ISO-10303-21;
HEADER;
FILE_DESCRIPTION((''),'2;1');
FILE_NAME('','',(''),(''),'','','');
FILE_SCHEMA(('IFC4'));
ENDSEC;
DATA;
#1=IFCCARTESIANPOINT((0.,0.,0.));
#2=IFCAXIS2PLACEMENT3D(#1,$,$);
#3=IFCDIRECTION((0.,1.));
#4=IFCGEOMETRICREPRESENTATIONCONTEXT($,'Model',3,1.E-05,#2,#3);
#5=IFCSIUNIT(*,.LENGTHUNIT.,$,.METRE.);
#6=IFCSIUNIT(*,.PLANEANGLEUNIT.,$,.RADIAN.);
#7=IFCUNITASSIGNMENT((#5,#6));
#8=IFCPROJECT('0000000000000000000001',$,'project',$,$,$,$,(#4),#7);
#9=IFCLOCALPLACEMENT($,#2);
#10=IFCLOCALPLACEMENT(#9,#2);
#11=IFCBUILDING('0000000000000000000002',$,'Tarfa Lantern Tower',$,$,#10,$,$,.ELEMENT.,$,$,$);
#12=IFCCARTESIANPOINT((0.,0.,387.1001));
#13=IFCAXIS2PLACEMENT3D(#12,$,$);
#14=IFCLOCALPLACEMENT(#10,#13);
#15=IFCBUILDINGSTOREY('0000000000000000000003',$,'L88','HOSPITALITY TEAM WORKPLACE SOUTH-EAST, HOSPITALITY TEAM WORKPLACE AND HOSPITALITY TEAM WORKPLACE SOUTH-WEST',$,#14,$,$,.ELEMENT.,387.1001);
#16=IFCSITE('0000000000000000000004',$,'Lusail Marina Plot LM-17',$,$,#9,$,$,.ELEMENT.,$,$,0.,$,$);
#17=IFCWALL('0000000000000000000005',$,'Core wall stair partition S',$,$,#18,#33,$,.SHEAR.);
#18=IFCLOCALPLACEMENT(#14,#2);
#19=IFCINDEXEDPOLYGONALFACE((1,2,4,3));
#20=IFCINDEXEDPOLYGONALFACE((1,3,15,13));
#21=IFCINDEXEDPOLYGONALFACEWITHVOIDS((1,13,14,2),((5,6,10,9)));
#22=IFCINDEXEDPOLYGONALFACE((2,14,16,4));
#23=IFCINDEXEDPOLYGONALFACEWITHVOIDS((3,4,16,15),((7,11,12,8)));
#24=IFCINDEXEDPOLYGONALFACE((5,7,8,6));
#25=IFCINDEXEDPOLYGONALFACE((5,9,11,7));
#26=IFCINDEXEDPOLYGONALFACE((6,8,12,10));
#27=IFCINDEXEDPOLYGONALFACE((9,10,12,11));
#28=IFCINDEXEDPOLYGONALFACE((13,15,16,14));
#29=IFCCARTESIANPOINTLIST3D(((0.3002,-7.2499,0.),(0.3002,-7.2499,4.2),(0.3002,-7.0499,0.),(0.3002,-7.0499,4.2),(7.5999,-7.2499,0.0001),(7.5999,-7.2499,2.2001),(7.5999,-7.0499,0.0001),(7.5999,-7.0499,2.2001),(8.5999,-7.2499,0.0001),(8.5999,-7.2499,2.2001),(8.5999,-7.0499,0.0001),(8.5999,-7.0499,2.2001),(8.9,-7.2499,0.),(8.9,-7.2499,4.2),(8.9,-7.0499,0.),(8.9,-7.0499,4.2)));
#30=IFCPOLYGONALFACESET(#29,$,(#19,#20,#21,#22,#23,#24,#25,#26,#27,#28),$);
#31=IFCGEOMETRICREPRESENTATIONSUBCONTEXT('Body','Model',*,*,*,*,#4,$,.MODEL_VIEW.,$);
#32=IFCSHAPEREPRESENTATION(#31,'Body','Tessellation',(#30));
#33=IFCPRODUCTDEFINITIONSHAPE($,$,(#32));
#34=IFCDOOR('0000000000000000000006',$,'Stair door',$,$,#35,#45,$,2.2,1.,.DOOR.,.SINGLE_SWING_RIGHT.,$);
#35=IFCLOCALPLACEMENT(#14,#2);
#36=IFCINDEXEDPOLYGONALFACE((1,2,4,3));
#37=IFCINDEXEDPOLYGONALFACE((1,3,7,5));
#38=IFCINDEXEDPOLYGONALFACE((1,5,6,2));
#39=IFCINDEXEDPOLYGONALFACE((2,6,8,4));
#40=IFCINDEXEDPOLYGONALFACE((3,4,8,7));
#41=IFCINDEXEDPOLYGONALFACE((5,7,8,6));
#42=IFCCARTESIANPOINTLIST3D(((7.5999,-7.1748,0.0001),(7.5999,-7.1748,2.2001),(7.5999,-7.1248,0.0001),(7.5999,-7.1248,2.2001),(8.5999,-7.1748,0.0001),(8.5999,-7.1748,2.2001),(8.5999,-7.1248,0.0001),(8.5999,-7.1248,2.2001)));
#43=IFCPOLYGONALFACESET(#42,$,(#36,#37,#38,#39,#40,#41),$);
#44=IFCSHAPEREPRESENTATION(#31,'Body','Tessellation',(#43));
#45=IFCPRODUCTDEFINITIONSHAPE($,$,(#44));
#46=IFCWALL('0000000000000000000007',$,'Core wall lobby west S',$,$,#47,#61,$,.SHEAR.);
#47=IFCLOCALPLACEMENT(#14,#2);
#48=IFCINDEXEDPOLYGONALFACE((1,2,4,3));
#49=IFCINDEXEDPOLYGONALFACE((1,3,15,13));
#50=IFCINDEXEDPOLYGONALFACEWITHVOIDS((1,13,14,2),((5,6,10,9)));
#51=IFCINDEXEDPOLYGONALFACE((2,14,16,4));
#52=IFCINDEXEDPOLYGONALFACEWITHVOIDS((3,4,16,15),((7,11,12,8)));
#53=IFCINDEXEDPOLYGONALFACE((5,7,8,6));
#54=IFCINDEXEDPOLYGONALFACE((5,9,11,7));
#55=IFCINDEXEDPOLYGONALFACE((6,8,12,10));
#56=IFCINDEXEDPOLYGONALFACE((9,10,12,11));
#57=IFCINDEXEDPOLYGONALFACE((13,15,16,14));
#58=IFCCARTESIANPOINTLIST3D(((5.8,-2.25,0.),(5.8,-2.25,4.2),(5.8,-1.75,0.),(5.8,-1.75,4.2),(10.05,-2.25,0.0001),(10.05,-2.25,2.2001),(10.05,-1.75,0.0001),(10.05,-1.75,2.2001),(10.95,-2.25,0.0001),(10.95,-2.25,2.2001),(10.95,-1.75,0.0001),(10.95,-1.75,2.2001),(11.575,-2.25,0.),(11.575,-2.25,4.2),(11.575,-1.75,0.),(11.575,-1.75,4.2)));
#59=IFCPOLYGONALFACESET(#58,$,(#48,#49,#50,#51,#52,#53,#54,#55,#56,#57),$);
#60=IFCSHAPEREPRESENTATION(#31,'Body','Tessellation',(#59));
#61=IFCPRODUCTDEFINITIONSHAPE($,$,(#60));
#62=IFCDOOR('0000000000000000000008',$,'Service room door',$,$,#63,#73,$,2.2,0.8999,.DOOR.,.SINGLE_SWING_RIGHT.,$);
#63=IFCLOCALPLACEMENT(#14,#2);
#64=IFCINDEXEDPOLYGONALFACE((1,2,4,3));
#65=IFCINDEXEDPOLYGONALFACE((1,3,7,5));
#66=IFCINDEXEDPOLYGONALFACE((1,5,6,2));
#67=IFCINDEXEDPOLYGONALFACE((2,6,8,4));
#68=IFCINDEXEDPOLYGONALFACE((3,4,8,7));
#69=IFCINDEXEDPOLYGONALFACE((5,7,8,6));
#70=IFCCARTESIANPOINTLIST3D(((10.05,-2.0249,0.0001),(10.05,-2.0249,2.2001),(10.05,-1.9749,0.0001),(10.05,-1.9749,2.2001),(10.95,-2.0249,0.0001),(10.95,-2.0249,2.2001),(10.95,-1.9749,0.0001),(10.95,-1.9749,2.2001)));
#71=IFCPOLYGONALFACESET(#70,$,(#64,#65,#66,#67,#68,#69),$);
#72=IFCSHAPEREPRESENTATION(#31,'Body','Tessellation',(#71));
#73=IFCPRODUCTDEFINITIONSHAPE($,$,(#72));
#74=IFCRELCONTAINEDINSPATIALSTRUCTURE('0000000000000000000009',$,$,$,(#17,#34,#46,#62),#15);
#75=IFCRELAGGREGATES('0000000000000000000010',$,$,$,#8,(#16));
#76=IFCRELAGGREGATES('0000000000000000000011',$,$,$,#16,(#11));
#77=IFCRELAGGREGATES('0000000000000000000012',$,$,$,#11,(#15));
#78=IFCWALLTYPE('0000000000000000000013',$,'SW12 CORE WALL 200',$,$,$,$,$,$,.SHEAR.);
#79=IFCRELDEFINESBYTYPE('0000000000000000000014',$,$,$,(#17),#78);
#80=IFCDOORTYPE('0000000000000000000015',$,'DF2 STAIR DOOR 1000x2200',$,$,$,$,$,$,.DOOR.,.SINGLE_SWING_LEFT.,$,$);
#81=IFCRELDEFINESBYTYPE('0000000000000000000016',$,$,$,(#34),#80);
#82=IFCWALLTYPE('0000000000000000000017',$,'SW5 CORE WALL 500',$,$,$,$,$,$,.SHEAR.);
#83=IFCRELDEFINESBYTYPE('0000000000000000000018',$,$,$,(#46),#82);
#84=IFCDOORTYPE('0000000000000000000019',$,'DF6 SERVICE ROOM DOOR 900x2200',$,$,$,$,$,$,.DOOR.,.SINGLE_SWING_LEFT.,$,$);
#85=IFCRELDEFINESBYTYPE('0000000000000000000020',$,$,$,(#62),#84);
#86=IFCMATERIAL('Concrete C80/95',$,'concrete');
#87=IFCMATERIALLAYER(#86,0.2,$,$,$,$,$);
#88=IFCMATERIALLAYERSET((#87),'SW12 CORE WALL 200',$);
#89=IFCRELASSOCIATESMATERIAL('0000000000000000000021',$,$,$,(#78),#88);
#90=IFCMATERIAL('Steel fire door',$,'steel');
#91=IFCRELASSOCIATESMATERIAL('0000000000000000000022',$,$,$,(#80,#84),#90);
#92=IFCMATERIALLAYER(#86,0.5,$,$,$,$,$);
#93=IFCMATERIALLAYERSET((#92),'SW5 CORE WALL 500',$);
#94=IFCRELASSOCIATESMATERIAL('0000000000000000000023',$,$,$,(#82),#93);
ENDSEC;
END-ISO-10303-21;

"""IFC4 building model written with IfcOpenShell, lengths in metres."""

from ifc_helpers import new_model, si_unit, direction, frame, frame_2d, origin, place, context, subcontext, project, spatial, rectangle, extrude, material, layer, layer_set, type_object, element, fill, save


model = new_model("IFC4")

# Units and contexts
model_context = context("Model", 3, precision=1e-05, world=origin(), true_north=direction((0.0, 1.0)))
body_context = subcontext(model_context, "Body", "Model", "MODEL_VIEW")
ifc_project = project(units=[si_unit("LENGTHUNIT", "METRE"), si_unit("PLANEANGLEUNIT", "RADIAN")], contexts=[model_context])

# Site, building, storey
site_placement = place(None, origin())
site = spatial("IfcSite", under=ifc_project, at=site_placement, Name="Lusail Marina Plot LM-17", CompositionType="ELEMENT", RefElevation=0.0)
building_placement = place(site_placement, origin())
building = spatial("IfcBuilding", under=site, at=building_placement, Name="Tarfa Lantern Tower", CompositionType="ELEMENT")
storey_placement = place(building_placement, frame((0.0, 0.0, 387.1001)))
storey = spatial("IfcBuildingStorey", under=building, at=storey_placement, Name="L88", Description="HOSPITALITY TEAM WORKPLACE SOUTH-EAST, HOSPITALITY TEAM WORKPLACE AND HOSPITALITY TEAM WORKPLACE SOUTH-WEST", CompositionType="ELEMENT", Elevation=387.1001)

# Shared definitions
ifc_material_1 = material(Name="Concrete C80/95", Category="concrete")
ifc_layer_1 = layer(ifc_material_1, 0.2)
ifc_layer_set_1 = layer_set([ifc_layer_1], Name="SW12 CORE WALL 200")
wall_type_1 = type_object("IfcWallType", Name="SW12 CORE WALL 200", PredefinedType="SHEAR", material=ifc_layer_set_1)

# Walls, openings, doors
wall_1_placement = place(storey_placement, frame((8.8999, -7.1499, 0.0), z_axis=(0.0, 0.0, 1.0), x_axis=(-1.0, 0.0, 0.0)))
wall_1 = element("IfcWall", 1, at=wall_1_placement, inside=storey, type_object=wall_type_1, Name="Core wall stair partition S", PredefinedType="SHEAR", context=body_context, shape_type="SweptSolid", body=[
    extrude(rectangle(XDim=8.5999, YDim=0.2, at=frame_2d((4.2998, 0.0))), origin(), (0.0, 0.0, 1.0), 4.2),
])
opening_1_placement = place(wall_1_placement, frame((0.3, 0.0, 0.0)))
opening_1 = element("IfcOpeningElement", 2, at=opening_1_placement, cuts=wall_1, PredefinedType="OPENING", context=body_context, shape_type="SweptSolid", body=[
    extrude(rectangle(XDim=1.0, YDim=2.2, at=frame_2d((0.5, 1.1001))), frame((0.0, 0.1099, 0.0), z_axis=(0.0, -1.0, 0.0), x_axis=(1.0, 0.0, 0.0)), (0.0, 0.0, 1.0), 0.22),
])
ifc_material_2 = material(Name="Steel fire door", Category="steel")
door_type_1 = type_object("IfcDoorType", Name="DF2 STAIR DOOR 1000x2200", OperationType="SINGLE_SWING_LEFT", PredefinedType="DOOR", material=ifc_material_2)
door_1_placement = place(opening_1_placement, origin())
door_1 = element("IfcDoor", 3, at=door_1_placement, inside=storey, type_object=door_type_1, Name="Stair door", OperationType="SINGLE_SWING_RIGHT", OverallHeight=2.2, OverallWidth=1.0, PredefinedType="DOOR", context=body_context, shape_type="SweptSolid", body=[
    extrude(rectangle(XDim=1.0, YDim=2.2, at=frame_2d((0.5, 1.1001))), frame((0.0, 0.0249, 0.0), z_axis=(0.0, -1.0, 0.0), x_axis=(1.0, 0.0, 0.0)), (0.0, 0.0, 1.0), 0.05),
])
fill(opening_1, door_1)
ifc_layer_2 = layer(ifc_material_1, 0.5)
ifc_layer_set_2 = layer_set([ifc_layer_2], Name="SW5 CORE WALL 500")
wall_type_2 = type_object("IfcWallType", Name="SW5 CORE WALL 500", PredefinedType="SHEAR", material=ifc_layer_set_2)
wall_2_placement = place(storey_placement, frame((11.575, -2.0, 0.0), z_axis=(0.0, 0.0, 1.0), x_axis=(-1.0, 0.0, 0.0)))
wall_2 = element("IfcWall", 4, at=wall_2_placement, inside=storey, type_object=wall_type_2, Name="Core wall lobby west S", PredefinedType="SHEAR", context=body_context, shape_type="SweptSolid", body=[
    extrude(rectangle(XDim=5.7749, YDim=0.5, at=frame_2d((2.8875, 0.0))), origin(), (0.0, 0.0, 1.0), 4.2),
])
opening_2_placement = place(wall_2_placement, frame((0.625, 0.0, 0.0)))
opening_2 = element("IfcOpeningElement", 5, at=opening_2_placement, cuts=wall_2, PredefinedType="OPENING", context=body_context, shape_type="SweptSolid", body=[
    extrude(rectangle(XDim=0.8999, YDim=2.2, at=frame_2d((0.45, 1.1001))), frame((0.0, 0.26, 0.0), z_axis=(0.0, -1.0, 0.0), x_axis=(1.0, 0.0, 0.0)), (0.0, 0.0, 1.0), 0.52),
])
door_type_2 = type_object("IfcDoorType", Name="DF6 SERVICE ROOM DOOR 900x2200", OperationType="SINGLE_SWING_LEFT", PredefinedType="DOOR", material=ifc_material_2)
door_2_placement = place(opening_2_placement, origin())
door_2 = element("IfcDoor", 6, at=door_2_placement, inside=storey, type_object=door_type_2, Name="Service room door", OperationType="SINGLE_SWING_RIGHT", OverallHeight=2.2, OverallWidth=0.8999, PredefinedType="DOOR", context=body_context, shape_type="SweptSolid", body=[
    extrude(rectangle(XDim=0.8999, YDim=2.2, at=frame_2d((0.45, 1.1001))), frame((0.0, 0.0249, 0.0), z_axis=(0.0, -1.0, 0.0), x_axis=(1.0, 0.0, 0.0)), (0.0, 0.0, 1.0), 0.05),
])
fill(opening_2, door_2)

save(model, "model.ifc")
